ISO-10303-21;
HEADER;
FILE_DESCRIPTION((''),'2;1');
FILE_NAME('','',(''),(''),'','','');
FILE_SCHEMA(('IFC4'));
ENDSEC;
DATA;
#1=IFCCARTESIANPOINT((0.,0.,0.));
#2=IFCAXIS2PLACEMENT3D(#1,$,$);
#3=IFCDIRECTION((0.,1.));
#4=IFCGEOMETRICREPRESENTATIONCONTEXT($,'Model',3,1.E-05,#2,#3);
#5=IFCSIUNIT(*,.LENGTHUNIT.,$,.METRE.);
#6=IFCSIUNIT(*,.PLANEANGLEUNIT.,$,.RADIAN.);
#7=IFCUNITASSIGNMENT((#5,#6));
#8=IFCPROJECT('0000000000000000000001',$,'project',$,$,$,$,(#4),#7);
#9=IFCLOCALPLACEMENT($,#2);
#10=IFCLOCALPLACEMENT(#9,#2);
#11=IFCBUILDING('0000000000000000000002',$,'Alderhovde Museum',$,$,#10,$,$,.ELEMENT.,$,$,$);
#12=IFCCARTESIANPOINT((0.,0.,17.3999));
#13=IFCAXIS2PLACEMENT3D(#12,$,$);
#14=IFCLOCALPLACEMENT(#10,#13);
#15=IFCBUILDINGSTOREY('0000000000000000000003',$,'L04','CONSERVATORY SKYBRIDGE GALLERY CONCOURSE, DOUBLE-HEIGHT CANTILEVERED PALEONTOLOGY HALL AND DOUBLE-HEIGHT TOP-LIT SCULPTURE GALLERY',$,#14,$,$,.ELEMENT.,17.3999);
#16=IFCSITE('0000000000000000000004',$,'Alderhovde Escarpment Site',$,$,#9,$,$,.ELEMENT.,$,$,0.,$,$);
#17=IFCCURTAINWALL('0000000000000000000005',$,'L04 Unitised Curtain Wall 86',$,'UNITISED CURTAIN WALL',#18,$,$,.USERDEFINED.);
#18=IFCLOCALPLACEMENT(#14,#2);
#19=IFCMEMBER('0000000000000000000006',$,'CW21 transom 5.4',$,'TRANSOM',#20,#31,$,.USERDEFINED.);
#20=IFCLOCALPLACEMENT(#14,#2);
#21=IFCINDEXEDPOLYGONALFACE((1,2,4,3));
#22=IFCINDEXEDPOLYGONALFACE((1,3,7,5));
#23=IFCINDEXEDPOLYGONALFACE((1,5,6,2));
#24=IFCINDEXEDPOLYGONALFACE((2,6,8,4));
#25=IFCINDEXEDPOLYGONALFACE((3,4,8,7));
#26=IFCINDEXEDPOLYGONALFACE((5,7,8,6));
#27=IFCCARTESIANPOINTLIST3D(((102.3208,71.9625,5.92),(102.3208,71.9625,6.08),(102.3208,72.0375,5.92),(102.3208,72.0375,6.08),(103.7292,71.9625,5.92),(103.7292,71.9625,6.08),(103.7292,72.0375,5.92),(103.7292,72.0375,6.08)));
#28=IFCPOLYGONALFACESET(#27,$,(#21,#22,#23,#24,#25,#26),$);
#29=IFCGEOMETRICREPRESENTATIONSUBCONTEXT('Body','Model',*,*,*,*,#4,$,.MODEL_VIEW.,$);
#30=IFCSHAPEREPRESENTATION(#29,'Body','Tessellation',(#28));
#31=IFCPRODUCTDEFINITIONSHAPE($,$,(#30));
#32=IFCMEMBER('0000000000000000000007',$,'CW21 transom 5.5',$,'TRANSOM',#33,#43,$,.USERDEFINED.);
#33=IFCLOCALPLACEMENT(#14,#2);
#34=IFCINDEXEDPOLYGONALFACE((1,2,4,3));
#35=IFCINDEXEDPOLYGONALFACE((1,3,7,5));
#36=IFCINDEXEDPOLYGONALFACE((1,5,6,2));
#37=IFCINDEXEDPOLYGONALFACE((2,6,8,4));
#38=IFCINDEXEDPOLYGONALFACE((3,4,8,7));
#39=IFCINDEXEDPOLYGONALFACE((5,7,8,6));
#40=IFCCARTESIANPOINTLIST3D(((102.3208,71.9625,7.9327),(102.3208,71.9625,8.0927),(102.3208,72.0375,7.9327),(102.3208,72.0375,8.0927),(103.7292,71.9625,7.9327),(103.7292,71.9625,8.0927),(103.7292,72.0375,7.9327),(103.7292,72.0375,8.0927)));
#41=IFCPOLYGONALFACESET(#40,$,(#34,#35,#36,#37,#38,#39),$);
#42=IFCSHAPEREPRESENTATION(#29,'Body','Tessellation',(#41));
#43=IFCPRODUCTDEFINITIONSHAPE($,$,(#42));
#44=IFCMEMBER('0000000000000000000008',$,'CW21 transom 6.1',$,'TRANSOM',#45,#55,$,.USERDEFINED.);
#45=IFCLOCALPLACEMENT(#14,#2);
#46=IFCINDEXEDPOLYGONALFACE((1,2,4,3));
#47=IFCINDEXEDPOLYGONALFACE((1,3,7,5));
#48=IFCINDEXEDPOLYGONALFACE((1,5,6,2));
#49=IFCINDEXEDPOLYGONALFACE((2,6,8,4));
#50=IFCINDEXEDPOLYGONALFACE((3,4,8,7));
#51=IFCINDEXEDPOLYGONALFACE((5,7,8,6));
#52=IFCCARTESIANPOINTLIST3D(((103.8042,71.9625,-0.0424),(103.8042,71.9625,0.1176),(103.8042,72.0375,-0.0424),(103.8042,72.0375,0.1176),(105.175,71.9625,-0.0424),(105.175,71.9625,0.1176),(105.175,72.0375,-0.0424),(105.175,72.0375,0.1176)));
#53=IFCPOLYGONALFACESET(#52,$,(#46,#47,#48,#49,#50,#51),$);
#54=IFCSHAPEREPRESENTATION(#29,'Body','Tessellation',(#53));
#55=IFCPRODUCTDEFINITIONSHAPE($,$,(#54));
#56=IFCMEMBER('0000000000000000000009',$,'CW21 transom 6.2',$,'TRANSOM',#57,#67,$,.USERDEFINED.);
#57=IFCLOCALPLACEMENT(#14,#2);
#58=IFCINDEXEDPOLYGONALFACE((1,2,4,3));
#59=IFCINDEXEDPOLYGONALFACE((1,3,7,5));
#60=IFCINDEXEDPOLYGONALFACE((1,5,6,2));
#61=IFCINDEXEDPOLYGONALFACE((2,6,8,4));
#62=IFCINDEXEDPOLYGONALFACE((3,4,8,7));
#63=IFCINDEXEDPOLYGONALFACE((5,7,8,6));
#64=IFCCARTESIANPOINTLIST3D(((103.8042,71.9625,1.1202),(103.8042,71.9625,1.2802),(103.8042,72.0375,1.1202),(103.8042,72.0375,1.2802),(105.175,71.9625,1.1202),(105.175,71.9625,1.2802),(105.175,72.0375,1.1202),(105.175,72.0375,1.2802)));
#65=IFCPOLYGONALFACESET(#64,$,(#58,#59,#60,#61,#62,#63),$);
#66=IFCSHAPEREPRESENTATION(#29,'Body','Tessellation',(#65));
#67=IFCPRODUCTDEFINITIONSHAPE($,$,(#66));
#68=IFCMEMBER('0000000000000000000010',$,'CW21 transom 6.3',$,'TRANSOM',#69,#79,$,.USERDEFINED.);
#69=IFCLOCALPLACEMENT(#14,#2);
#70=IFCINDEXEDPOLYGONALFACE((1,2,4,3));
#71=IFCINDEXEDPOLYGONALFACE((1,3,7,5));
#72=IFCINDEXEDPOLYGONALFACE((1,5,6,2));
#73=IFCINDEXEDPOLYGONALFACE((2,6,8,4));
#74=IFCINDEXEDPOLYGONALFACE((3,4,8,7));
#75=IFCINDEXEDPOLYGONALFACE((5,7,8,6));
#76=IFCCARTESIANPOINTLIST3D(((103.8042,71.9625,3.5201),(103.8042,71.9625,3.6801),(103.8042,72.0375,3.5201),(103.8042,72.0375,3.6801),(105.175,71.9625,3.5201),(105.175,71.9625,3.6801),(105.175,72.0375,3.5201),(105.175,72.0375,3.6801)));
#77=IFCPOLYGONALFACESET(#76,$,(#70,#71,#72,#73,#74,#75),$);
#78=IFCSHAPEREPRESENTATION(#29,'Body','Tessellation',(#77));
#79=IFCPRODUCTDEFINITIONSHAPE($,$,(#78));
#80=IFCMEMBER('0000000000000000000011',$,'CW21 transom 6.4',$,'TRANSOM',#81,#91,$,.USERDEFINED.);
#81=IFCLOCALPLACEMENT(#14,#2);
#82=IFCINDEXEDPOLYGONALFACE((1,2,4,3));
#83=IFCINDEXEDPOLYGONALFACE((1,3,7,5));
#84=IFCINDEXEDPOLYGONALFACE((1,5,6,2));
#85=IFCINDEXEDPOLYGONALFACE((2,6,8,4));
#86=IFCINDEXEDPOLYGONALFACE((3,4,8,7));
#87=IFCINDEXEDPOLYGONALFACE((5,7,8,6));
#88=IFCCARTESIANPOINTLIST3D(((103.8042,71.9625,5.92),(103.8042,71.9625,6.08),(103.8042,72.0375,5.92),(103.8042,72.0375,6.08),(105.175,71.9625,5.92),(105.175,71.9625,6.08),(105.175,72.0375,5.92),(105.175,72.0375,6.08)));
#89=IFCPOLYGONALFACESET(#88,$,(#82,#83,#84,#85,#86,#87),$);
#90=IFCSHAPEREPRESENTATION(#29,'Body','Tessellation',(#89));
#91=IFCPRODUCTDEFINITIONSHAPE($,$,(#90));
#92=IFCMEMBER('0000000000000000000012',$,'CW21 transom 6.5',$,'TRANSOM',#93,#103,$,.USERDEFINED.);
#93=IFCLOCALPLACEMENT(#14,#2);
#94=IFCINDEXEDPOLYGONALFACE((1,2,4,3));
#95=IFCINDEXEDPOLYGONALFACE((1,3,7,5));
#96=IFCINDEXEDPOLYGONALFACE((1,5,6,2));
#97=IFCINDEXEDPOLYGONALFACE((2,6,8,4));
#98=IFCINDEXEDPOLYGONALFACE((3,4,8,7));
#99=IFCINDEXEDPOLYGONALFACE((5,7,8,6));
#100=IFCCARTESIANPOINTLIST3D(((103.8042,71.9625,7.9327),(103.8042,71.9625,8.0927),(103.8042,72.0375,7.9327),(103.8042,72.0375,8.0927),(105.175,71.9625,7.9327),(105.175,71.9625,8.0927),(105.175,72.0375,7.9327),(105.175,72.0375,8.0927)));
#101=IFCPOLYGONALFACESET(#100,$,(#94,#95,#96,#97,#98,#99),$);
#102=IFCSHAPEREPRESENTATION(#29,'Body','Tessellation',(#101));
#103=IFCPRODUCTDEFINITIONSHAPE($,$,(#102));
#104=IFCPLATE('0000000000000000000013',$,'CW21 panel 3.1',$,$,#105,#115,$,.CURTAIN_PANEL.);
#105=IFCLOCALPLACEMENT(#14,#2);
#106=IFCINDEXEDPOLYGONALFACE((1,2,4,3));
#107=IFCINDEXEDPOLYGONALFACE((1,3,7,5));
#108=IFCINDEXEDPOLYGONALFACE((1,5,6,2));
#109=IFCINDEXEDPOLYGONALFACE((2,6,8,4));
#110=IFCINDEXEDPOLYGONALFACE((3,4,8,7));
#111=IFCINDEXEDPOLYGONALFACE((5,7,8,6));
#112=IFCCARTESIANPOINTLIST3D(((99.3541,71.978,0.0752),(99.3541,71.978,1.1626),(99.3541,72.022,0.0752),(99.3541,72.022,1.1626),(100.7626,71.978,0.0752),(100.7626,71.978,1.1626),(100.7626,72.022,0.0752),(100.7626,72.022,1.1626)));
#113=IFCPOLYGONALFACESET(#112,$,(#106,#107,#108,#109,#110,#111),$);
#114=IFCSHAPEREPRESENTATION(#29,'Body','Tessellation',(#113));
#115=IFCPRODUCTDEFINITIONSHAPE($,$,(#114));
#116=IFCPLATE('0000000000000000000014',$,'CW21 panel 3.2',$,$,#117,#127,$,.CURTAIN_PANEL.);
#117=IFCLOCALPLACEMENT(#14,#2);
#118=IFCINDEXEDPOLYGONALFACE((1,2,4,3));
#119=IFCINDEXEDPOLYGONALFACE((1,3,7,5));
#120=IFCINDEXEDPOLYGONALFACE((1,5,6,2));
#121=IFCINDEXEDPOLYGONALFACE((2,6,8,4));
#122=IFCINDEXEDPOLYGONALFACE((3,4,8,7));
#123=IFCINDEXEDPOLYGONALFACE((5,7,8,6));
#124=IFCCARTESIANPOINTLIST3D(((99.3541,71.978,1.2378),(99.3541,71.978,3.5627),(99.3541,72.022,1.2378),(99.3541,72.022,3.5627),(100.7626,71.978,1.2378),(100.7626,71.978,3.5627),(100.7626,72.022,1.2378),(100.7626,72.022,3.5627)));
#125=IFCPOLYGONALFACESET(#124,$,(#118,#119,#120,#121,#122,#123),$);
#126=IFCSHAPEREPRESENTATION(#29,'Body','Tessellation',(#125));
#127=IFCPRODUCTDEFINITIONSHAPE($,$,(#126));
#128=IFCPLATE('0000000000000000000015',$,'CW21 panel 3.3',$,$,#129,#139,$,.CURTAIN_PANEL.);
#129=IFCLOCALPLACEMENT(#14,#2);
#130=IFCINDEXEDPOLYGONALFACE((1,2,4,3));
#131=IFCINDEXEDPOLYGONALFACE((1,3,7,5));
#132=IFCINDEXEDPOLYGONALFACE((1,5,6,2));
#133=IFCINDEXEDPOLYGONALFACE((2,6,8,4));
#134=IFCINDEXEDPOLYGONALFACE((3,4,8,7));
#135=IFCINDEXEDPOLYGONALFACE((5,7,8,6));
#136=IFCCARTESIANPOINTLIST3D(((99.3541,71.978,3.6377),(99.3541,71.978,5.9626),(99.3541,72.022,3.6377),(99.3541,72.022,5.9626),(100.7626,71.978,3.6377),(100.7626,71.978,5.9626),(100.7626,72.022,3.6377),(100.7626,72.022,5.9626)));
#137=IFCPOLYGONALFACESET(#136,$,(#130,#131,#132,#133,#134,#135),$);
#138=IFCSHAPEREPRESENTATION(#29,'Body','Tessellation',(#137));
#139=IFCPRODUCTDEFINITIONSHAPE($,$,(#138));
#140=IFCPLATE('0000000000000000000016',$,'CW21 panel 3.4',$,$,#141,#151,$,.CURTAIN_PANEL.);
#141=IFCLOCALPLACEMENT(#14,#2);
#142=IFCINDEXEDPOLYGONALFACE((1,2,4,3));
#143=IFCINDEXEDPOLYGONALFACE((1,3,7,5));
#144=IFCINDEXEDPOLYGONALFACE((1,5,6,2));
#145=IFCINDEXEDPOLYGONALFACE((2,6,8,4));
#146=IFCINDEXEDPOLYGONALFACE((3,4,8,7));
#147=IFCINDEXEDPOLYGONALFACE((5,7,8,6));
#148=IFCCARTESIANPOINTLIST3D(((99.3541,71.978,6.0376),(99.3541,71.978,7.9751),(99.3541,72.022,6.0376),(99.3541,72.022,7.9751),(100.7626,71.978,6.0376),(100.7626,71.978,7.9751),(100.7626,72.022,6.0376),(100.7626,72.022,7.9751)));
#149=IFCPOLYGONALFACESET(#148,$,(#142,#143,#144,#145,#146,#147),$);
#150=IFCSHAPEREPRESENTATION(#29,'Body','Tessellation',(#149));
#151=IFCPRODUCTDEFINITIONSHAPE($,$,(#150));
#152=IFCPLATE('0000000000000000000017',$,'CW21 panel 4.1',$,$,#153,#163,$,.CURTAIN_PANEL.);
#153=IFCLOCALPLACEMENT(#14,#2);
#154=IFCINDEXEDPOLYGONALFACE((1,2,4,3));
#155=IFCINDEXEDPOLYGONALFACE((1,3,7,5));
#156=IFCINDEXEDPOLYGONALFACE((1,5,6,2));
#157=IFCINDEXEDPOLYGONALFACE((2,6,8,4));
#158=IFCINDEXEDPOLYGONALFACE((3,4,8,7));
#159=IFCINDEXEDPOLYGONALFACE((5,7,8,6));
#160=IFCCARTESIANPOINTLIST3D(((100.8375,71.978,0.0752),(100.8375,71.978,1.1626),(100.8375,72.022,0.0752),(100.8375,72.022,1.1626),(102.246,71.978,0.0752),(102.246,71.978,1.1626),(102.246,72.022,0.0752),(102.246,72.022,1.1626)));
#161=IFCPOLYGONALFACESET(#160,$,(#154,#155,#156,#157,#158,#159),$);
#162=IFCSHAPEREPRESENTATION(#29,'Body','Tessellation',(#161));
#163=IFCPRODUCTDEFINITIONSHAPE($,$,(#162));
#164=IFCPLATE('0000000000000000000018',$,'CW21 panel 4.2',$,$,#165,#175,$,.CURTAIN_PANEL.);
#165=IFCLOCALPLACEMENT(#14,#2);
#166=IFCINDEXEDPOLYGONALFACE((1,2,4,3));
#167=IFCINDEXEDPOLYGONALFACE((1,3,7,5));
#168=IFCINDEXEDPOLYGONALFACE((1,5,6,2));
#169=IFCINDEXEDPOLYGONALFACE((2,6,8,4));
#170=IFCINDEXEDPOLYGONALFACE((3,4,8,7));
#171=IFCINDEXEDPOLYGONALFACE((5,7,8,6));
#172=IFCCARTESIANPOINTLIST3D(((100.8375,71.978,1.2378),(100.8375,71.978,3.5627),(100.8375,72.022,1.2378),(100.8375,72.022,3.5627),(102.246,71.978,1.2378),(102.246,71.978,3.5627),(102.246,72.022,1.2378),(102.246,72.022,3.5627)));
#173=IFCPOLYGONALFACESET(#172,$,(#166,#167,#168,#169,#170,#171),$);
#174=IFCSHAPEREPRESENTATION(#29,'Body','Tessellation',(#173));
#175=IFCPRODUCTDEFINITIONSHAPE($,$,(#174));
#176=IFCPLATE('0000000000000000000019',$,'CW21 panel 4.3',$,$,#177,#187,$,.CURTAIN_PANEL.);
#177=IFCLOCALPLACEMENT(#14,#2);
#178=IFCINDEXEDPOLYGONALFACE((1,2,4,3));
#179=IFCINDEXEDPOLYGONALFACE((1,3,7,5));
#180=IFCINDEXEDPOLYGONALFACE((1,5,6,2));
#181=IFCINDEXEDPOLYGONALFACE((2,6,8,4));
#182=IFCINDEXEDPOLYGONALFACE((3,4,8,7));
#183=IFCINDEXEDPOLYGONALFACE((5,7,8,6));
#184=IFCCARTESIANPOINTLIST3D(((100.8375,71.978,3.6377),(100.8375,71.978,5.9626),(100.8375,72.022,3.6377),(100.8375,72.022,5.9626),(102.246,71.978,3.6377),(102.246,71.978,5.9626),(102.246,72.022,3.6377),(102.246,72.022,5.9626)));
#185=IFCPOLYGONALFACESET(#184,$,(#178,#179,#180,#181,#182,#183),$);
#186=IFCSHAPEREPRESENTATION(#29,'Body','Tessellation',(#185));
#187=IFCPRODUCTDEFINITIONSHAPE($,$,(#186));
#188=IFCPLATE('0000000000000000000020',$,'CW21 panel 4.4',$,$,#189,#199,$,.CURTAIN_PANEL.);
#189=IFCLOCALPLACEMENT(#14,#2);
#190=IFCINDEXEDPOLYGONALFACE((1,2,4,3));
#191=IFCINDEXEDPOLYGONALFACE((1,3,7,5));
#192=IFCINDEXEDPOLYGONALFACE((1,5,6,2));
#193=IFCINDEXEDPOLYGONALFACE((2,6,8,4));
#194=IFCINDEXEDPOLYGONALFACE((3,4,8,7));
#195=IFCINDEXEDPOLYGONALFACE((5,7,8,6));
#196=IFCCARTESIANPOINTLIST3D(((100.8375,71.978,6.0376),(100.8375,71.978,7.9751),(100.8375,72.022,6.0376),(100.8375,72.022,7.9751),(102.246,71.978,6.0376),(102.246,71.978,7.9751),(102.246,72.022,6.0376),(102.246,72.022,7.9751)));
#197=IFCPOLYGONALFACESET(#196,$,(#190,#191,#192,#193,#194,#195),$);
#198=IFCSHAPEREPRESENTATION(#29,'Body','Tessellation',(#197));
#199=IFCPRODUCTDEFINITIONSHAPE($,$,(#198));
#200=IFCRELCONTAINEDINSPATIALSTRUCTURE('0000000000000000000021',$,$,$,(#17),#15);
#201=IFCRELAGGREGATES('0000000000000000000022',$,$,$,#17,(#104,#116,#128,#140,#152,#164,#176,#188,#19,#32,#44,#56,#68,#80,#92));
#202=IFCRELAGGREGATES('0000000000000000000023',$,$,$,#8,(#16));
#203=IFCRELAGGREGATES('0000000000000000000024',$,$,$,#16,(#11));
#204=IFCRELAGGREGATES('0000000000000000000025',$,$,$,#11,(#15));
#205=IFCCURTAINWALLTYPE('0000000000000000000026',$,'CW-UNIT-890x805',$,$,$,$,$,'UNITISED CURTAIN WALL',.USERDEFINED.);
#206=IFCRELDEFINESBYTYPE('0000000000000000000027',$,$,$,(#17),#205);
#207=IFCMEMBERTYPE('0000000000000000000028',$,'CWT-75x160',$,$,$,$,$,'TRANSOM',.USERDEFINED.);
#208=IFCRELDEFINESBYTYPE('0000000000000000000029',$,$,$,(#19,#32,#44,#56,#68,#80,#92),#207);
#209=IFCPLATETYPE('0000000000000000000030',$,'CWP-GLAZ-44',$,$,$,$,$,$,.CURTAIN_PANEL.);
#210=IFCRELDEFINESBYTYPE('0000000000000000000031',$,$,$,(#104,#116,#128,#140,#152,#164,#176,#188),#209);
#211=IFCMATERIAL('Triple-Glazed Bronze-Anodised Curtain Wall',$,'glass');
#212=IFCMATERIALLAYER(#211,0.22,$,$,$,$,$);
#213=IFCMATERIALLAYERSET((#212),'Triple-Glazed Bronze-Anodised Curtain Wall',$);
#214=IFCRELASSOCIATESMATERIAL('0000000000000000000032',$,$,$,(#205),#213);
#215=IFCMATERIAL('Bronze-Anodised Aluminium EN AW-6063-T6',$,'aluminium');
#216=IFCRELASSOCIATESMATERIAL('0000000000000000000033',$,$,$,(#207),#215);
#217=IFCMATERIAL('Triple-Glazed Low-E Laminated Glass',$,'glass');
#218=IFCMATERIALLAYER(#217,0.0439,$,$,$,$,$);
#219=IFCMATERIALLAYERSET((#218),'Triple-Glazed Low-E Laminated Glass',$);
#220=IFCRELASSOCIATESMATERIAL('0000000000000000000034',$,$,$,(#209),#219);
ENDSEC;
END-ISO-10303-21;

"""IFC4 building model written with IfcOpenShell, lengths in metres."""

from ifc_helpers import new_model, si_unit, direction, frame, origin, origin_2d, place, context, subcontext, project, spatial, rectangle, extrude, material, layer, layer_set, material_profile, profile_set, type_object, element, aggregate, save


model = new_model("IFC4")

# Units and contexts
model_context = context("Model", 3, precision=1e-05, world=origin(), true_north=direction((0.0, 1.0)))
body_context = subcontext(model_context, "Body", "Model", "MODEL_VIEW")
ifc_project = project(units=[si_unit("LENGTHUNIT", "METRE"), si_unit("PLANEANGLEUNIT", "RADIAN")], contexts=[model_context])

# Site, building, storey
site_placement = place(None, origin())
site = spatial("IfcSite", under=ifc_project, at=site_placement, Name="Alderhovde Escarpment Site", CompositionType="ELEMENT", RefElevation=0.0)
building_placement = place(site_placement, origin())
building = spatial("IfcBuilding", under=site, at=building_placement, Name="Alderhovde Museum", CompositionType="ELEMENT")
storey_placement = place(building_placement, frame((0.0, 0.0, 17.3999)))
storey = spatial("IfcBuildingStorey", under=building, at=storey_placement, Name="L04", Description="CONSERVATORY SKYBRIDGE GALLERY CONCOURSE, DOUBLE-HEIGHT CANTILEVERED PALEONTOLOGY HALL AND DOUBLE-HEIGHT TOP-LIT SCULPTURE GALLERY", CompositionType="ELEMENT", Elevation=17.3999)

# Curtain wall, members, plates
ifc_material_1 = material(Name="Triple-Glazed Bronze-Anodised Curtain Wall", Category="glass")
ifc_layer_1 = layer(ifc_material_1, 0.22)
ifc_layer_set_1 = layer_set([ifc_layer_1], Name="Triple-Glazed Bronze-Anodised Curtain Wall")
curtain_wall_type = type_object("IfcCurtainWallType", Name="CW-UNIT-890x805", ElementType="UNITISED CURTAIN WALL", PredefinedType="USERDEFINED", material=ifc_layer_set_1)
curtain_wall_placement = place(storey_placement, origin())
curtain_wall = element("IfcCurtainWall", 1, at=curtain_wall_placement, inside=storey, type_object=curtain_wall_type, Name="L04 Unitised Curtain Wall 86", ObjectType="UNITISED CURTAIN WALL", PredefinedType="USERDEFINED")
ifc_material_2 = material(Name="Bronze-Anodised Aluminium EN AW-6063-T6", Category="aluminium")
ifc_material_profile_1 = material_profile(ifc_material_2, rectangle(XDim=0.075, YDim=0.1599, at=origin_2d()), Name="TRANSOM 75x160")
ifc_profile_set_1 = profile_set([ifc_material_profile_1], Name="Bronze-Anodised Aluminium EN AW-6063-T6")
member_type_1 = type_object("IfcMemberType", Name="CWT-75x160", ElementType="TRANSOM", PredefinedType="USERDEFINED", material=ifc_profile_set_1)
member_1_placement = place(storey_placement, frame((102.3208, 72.0, 6.0), z_axis=(1.0, 0.0, 0.0), x_axis=(0.0, 1.0, 0.0)))
member_1 = element("IfcMember", 2, at=member_1_placement, type_object=member_type_1, Name="CW21 transom 5.4", ObjectType="TRANSOM", PredefinedType="USERDEFINED", context=body_context, shape_type="SweptSolid", body=[
    extrude(rectangle(XDim=0.075, YDim=0.1599, at=origin_2d()), origin(), (0.0, 0.0, 1.0), 1.4084),
])
member_2_placement = place(storey_placement, frame((102.3208, 72.0, 8.0127), z_axis=(1.0, 0.0, 0.0), x_axis=(0.0, 1.0, 0.0)))
member_2 = element("IfcMember", 3, at=member_2_placement, type_object=member_type_1, Name="CW21 transom 5.5", ObjectType="TRANSOM", PredefinedType="USERDEFINED", context=body_context, shape_type="SweptSolid", body=[
    extrude(rectangle(XDim=0.075, YDim=0.1599, at=origin_2d()), origin(), (0.0, 0.0, 1.0), 1.4084),
])
member_3_placement = place(storey_placement, frame((103.8042, 72.0, 0.0376), z_axis=(1.0, 0.0, 0.0), x_axis=(0.0, 1.0, 0.0)))
member_3 = element("IfcMember", 4, at=member_3_placement, type_object=member_type_1, Name="CW21 transom 6.1", ObjectType="TRANSOM", PredefinedType="USERDEFINED", context=body_context, shape_type="SweptSolid", body=[
    extrude(rectangle(XDim=0.075, YDim=0.1599, at=origin_2d()), origin(), (0.0, 0.0, 1.0), 1.3708),
])
member_4_placement = place(storey_placement, frame((103.8042, 72.0, 1.2002), z_axis=(1.0, 0.0, 0.0), x_axis=(0.0, 1.0, 0.0)))
member_4 = element("IfcMember", 5, at=member_4_placement, type_object=member_type_1, Name="CW21 transom 6.2", ObjectType="TRANSOM", PredefinedType="USERDEFINED", context=body_context, shape_type="SweptSolid", body=[
    extrude(rectangle(XDim=0.075, YDim=0.1599, at=origin_2d()), origin(), (0.0, 0.0, 1.0), 1.3708),
])
member_5_placement = place(storey_placement, frame((103.8042, 72.0, 3.6001), z_axis=(1.0, 0.0, 0.0), x_axis=(0.0, 1.0, 0.0)))
member_5 = element("IfcMember", 6, at=member_5_placement, type_object=member_type_1, Name="CW21 transom 6.3", ObjectType="TRANSOM", PredefinedType="USERDEFINED", context=body_context, shape_type="SweptSolid", body=[
    extrude(rectangle(XDim=0.075, YDim=0.1599, at=origin_2d()), origin(), (0.0, 0.0, 1.0), 1.3708),
])
member_6_placement = place(storey_placement, frame((103.8042, 72.0, 6.0), z_axis=(1.0, 0.0, 0.0), x_axis=(0.0, 1.0, 0.0)))
member_6 = element("IfcMember", 7, at=member_6_placement, type_object=member_type_1, Name="CW21 transom 6.4", ObjectType="TRANSOM", PredefinedType="USERDEFINED", context=body_context, shape_type="SweptSolid", body=[
    extrude(rectangle(XDim=0.075, YDim=0.1599, at=origin_2d()), origin(), (0.0, 0.0, 1.0), 1.3708),
])
member_7_placement = place(storey_placement, frame((103.8042, 72.0, 8.0127), z_axis=(1.0, 0.0, 0.0), x_axis=(0.0, 1.0, 0.0)))
member_7 = element("IfcMember", 8, at=member_7_placement, type_object=member_type_1, Name="CW21 transom 6.5", ObjectType="TRANSOM", PredefinedType="USERDEFINED", context=body_context, shape_type="SweptSolid", body=[
    extrude(rectangle(XDim=0.075, YDim=0.1599, at=origin_2d()), origin(), (0.0, 0.0, 1.0), 1.3708),
])
ifc_material_3 = material(Name="Triple-Glazed Low-E Laminated Glass", Category="glass")
ifc_layer_2 = layer(ifc_material_3, 0.0439)
ifc_layer_set_2 = layer_set([ifc_layer_2], Name="Triple-Glazed Low-E Laminated Glass")
plate_type = type_object("IfcPlateType", Name="CWP-GLAZ-44", PredefinedType="CURTAIN_PANEL", material=ifc_layer_set_2)
plate_1_placement = place(storey_placement, frame((100.0583, 72.0, 0.0752), z_axis=(0.0, 0.0, 1.0), x_axis=(1.0, 0.0, 0.0)))
plate_1 = element("IfcPlate", 9, at=plate_1_placement, type_object=plate_type, Name="CW21 panel 3.1", PredefinedType="CURTAIN_PANEL", context=body_context, shape_type="SweptSolid", body=[
    extrude(rectangle(XDim=1.4084, YDim=0.0439, at=origin_2d()), origin(), (0.0, 0.0, 1.0), 1.0874),
])
plate_2_placement = place(storey_placement, frame((100.0583, 72.0, 1.2378), z_axis=(0.0, 0.0, 1.0), x_axis=(1.0, 0.0, 0.0)))
plate_2 = element("IfcPlate", 10, at=plate_2_placement, type_object=plate_type, Name="CW21 panel 3.2", PredefinedType="CURTAIN_PANEL", context=body_context, shape_type="SweptSolid", body=[
    extrude(rectangle(XDim=1.4084, YDim=0.0439, at=origin_2d()), origin(), (0.0, 0.0, 1.0), 2.325),
])
plate_3_placement = place(storey_placement, frame((100.0583, 72.0, 3.6377), z_axis=(0.0, 0.0, 1.0), x_axis=(1.0, 0.0, 0.0)))
plate_3 = element("IfcPlate", 11, at=plate_3_placement, type_object=plate_type, Name="CW21 panel 3.3", PredefinedType="CURTAIN_PANEL", context=body_context, shape_type="SweptSolid", body=[
    extrude(rectangle(XDim=1.4084, YDim=0.0439, at=origin_2d()), origin(), (0.0, 0.0, 1.0), 2.325),
])
plate_4_placement = place(storey_placement, frame((100.0583, 72.0, 6.0376), z_axis=(0.0, 0.0, 1.0), x_axis=(1.0, 0.0, 0.0)))
plate_4 = element("IfcPlate", 12, at=plate_4_placement, type_object=plate_type, Name="CW21 panel 3.4", PredefinedType="CURTAIN_PANEL", context=body_context, shape_type="SweptSolid", body=[
    extrude(rectangle(XDim=1.4084, YDim=0.0439, at=origin_2d()), origin(), (0.0, 0.0, 1.0), 1.9375),
])
plate_5_placement = place(storey_placement, frame((101.5417, 72.0, 0.0752), z_axis=(0.0, 0.0, 1.0), x_axis=(1.0, 0.0, 0.0)))
plate_5 = element("IfcPlate", 13, at=plate_5_placement, type_object=plate_type, Name="CW21 panel 4.1", PredefinedType="CURTAIN_PANEL", context=body_context, shape_type="SweptSolid", body=[
    extrude(rectangle(XDim=1.4084, YDim=0.0439, at=origin_2d()), origin(), (0.0, 0.0, 1.0), 1.0874),
])
plate_6_placement = place(storey_placement, frame((101.5417, 72.0, 1.2378), z_axis=(0.0, 0.0, 1.0), x_axis=(1.0, 0.0, 0.0)))
plate_6 = element("IfcPlate", 14, at=plate_6_placement, type_object=plate_type, Name="CW21 panel 4.2", PredefinedType="CURTAIN_PANEL", context=body_context, shape_type="SweptSolid", body=[
    extrude(rectangle(XDim=1.4084, YDim=0.0439, at=origin_2d()), origin(), (0.0, 0.0, 1.0), 2.325),
])
plate_7_placement = place(storey_placement, frame((101.5417, 72.0, 3.6377), z_axis=(0.0, 0.0, 1.0), x_axis=(1.0, 0.0, 0.0)))
plate_7 = element("IfcPlate", 15, at=plate_7_placement, type_object=plate_type, Name="CW21 panel 4.3", PredefinedType="CURTAIN_PANEL", context=body_context, shape_type="SweptSolid", body=[
    extrude(rectangle(XDim=1.4084, YDim=0.0439, at=origin_2d()), origin(), (0.0, 0.0, 1.0), 2.325),
])
plate_8_placement = place(storey_placement, frame((101.5417, 72.0, 6.0376), z_axis=(0.0, 0.0, 1.0), x_axis=(1.0, 0.0, 0.0)))
plate_8 = element("IfcPlate", 16, at=plate_8_placement, type_object=plate_type, Name="CW21 panel 4.4", PredefinedType="CURTAIN_PANEL", context=body_context, shape_type="SweptSolid", body=[
    extrude(rectangle(XDim=1.4084, YDim=0.0439, at=origin_2d()), origin(), (0.0, 0.0, 1.0), 1.9375),
])
aggregate(curtain_wall, [plate_1, plate_2, plate_3, plate_4, plate_5, plate_6, plate_7, plate_8, member_1, member_2, member_3, member_4, member_5, member_6, member_7])

save(model, "model.ifc")
